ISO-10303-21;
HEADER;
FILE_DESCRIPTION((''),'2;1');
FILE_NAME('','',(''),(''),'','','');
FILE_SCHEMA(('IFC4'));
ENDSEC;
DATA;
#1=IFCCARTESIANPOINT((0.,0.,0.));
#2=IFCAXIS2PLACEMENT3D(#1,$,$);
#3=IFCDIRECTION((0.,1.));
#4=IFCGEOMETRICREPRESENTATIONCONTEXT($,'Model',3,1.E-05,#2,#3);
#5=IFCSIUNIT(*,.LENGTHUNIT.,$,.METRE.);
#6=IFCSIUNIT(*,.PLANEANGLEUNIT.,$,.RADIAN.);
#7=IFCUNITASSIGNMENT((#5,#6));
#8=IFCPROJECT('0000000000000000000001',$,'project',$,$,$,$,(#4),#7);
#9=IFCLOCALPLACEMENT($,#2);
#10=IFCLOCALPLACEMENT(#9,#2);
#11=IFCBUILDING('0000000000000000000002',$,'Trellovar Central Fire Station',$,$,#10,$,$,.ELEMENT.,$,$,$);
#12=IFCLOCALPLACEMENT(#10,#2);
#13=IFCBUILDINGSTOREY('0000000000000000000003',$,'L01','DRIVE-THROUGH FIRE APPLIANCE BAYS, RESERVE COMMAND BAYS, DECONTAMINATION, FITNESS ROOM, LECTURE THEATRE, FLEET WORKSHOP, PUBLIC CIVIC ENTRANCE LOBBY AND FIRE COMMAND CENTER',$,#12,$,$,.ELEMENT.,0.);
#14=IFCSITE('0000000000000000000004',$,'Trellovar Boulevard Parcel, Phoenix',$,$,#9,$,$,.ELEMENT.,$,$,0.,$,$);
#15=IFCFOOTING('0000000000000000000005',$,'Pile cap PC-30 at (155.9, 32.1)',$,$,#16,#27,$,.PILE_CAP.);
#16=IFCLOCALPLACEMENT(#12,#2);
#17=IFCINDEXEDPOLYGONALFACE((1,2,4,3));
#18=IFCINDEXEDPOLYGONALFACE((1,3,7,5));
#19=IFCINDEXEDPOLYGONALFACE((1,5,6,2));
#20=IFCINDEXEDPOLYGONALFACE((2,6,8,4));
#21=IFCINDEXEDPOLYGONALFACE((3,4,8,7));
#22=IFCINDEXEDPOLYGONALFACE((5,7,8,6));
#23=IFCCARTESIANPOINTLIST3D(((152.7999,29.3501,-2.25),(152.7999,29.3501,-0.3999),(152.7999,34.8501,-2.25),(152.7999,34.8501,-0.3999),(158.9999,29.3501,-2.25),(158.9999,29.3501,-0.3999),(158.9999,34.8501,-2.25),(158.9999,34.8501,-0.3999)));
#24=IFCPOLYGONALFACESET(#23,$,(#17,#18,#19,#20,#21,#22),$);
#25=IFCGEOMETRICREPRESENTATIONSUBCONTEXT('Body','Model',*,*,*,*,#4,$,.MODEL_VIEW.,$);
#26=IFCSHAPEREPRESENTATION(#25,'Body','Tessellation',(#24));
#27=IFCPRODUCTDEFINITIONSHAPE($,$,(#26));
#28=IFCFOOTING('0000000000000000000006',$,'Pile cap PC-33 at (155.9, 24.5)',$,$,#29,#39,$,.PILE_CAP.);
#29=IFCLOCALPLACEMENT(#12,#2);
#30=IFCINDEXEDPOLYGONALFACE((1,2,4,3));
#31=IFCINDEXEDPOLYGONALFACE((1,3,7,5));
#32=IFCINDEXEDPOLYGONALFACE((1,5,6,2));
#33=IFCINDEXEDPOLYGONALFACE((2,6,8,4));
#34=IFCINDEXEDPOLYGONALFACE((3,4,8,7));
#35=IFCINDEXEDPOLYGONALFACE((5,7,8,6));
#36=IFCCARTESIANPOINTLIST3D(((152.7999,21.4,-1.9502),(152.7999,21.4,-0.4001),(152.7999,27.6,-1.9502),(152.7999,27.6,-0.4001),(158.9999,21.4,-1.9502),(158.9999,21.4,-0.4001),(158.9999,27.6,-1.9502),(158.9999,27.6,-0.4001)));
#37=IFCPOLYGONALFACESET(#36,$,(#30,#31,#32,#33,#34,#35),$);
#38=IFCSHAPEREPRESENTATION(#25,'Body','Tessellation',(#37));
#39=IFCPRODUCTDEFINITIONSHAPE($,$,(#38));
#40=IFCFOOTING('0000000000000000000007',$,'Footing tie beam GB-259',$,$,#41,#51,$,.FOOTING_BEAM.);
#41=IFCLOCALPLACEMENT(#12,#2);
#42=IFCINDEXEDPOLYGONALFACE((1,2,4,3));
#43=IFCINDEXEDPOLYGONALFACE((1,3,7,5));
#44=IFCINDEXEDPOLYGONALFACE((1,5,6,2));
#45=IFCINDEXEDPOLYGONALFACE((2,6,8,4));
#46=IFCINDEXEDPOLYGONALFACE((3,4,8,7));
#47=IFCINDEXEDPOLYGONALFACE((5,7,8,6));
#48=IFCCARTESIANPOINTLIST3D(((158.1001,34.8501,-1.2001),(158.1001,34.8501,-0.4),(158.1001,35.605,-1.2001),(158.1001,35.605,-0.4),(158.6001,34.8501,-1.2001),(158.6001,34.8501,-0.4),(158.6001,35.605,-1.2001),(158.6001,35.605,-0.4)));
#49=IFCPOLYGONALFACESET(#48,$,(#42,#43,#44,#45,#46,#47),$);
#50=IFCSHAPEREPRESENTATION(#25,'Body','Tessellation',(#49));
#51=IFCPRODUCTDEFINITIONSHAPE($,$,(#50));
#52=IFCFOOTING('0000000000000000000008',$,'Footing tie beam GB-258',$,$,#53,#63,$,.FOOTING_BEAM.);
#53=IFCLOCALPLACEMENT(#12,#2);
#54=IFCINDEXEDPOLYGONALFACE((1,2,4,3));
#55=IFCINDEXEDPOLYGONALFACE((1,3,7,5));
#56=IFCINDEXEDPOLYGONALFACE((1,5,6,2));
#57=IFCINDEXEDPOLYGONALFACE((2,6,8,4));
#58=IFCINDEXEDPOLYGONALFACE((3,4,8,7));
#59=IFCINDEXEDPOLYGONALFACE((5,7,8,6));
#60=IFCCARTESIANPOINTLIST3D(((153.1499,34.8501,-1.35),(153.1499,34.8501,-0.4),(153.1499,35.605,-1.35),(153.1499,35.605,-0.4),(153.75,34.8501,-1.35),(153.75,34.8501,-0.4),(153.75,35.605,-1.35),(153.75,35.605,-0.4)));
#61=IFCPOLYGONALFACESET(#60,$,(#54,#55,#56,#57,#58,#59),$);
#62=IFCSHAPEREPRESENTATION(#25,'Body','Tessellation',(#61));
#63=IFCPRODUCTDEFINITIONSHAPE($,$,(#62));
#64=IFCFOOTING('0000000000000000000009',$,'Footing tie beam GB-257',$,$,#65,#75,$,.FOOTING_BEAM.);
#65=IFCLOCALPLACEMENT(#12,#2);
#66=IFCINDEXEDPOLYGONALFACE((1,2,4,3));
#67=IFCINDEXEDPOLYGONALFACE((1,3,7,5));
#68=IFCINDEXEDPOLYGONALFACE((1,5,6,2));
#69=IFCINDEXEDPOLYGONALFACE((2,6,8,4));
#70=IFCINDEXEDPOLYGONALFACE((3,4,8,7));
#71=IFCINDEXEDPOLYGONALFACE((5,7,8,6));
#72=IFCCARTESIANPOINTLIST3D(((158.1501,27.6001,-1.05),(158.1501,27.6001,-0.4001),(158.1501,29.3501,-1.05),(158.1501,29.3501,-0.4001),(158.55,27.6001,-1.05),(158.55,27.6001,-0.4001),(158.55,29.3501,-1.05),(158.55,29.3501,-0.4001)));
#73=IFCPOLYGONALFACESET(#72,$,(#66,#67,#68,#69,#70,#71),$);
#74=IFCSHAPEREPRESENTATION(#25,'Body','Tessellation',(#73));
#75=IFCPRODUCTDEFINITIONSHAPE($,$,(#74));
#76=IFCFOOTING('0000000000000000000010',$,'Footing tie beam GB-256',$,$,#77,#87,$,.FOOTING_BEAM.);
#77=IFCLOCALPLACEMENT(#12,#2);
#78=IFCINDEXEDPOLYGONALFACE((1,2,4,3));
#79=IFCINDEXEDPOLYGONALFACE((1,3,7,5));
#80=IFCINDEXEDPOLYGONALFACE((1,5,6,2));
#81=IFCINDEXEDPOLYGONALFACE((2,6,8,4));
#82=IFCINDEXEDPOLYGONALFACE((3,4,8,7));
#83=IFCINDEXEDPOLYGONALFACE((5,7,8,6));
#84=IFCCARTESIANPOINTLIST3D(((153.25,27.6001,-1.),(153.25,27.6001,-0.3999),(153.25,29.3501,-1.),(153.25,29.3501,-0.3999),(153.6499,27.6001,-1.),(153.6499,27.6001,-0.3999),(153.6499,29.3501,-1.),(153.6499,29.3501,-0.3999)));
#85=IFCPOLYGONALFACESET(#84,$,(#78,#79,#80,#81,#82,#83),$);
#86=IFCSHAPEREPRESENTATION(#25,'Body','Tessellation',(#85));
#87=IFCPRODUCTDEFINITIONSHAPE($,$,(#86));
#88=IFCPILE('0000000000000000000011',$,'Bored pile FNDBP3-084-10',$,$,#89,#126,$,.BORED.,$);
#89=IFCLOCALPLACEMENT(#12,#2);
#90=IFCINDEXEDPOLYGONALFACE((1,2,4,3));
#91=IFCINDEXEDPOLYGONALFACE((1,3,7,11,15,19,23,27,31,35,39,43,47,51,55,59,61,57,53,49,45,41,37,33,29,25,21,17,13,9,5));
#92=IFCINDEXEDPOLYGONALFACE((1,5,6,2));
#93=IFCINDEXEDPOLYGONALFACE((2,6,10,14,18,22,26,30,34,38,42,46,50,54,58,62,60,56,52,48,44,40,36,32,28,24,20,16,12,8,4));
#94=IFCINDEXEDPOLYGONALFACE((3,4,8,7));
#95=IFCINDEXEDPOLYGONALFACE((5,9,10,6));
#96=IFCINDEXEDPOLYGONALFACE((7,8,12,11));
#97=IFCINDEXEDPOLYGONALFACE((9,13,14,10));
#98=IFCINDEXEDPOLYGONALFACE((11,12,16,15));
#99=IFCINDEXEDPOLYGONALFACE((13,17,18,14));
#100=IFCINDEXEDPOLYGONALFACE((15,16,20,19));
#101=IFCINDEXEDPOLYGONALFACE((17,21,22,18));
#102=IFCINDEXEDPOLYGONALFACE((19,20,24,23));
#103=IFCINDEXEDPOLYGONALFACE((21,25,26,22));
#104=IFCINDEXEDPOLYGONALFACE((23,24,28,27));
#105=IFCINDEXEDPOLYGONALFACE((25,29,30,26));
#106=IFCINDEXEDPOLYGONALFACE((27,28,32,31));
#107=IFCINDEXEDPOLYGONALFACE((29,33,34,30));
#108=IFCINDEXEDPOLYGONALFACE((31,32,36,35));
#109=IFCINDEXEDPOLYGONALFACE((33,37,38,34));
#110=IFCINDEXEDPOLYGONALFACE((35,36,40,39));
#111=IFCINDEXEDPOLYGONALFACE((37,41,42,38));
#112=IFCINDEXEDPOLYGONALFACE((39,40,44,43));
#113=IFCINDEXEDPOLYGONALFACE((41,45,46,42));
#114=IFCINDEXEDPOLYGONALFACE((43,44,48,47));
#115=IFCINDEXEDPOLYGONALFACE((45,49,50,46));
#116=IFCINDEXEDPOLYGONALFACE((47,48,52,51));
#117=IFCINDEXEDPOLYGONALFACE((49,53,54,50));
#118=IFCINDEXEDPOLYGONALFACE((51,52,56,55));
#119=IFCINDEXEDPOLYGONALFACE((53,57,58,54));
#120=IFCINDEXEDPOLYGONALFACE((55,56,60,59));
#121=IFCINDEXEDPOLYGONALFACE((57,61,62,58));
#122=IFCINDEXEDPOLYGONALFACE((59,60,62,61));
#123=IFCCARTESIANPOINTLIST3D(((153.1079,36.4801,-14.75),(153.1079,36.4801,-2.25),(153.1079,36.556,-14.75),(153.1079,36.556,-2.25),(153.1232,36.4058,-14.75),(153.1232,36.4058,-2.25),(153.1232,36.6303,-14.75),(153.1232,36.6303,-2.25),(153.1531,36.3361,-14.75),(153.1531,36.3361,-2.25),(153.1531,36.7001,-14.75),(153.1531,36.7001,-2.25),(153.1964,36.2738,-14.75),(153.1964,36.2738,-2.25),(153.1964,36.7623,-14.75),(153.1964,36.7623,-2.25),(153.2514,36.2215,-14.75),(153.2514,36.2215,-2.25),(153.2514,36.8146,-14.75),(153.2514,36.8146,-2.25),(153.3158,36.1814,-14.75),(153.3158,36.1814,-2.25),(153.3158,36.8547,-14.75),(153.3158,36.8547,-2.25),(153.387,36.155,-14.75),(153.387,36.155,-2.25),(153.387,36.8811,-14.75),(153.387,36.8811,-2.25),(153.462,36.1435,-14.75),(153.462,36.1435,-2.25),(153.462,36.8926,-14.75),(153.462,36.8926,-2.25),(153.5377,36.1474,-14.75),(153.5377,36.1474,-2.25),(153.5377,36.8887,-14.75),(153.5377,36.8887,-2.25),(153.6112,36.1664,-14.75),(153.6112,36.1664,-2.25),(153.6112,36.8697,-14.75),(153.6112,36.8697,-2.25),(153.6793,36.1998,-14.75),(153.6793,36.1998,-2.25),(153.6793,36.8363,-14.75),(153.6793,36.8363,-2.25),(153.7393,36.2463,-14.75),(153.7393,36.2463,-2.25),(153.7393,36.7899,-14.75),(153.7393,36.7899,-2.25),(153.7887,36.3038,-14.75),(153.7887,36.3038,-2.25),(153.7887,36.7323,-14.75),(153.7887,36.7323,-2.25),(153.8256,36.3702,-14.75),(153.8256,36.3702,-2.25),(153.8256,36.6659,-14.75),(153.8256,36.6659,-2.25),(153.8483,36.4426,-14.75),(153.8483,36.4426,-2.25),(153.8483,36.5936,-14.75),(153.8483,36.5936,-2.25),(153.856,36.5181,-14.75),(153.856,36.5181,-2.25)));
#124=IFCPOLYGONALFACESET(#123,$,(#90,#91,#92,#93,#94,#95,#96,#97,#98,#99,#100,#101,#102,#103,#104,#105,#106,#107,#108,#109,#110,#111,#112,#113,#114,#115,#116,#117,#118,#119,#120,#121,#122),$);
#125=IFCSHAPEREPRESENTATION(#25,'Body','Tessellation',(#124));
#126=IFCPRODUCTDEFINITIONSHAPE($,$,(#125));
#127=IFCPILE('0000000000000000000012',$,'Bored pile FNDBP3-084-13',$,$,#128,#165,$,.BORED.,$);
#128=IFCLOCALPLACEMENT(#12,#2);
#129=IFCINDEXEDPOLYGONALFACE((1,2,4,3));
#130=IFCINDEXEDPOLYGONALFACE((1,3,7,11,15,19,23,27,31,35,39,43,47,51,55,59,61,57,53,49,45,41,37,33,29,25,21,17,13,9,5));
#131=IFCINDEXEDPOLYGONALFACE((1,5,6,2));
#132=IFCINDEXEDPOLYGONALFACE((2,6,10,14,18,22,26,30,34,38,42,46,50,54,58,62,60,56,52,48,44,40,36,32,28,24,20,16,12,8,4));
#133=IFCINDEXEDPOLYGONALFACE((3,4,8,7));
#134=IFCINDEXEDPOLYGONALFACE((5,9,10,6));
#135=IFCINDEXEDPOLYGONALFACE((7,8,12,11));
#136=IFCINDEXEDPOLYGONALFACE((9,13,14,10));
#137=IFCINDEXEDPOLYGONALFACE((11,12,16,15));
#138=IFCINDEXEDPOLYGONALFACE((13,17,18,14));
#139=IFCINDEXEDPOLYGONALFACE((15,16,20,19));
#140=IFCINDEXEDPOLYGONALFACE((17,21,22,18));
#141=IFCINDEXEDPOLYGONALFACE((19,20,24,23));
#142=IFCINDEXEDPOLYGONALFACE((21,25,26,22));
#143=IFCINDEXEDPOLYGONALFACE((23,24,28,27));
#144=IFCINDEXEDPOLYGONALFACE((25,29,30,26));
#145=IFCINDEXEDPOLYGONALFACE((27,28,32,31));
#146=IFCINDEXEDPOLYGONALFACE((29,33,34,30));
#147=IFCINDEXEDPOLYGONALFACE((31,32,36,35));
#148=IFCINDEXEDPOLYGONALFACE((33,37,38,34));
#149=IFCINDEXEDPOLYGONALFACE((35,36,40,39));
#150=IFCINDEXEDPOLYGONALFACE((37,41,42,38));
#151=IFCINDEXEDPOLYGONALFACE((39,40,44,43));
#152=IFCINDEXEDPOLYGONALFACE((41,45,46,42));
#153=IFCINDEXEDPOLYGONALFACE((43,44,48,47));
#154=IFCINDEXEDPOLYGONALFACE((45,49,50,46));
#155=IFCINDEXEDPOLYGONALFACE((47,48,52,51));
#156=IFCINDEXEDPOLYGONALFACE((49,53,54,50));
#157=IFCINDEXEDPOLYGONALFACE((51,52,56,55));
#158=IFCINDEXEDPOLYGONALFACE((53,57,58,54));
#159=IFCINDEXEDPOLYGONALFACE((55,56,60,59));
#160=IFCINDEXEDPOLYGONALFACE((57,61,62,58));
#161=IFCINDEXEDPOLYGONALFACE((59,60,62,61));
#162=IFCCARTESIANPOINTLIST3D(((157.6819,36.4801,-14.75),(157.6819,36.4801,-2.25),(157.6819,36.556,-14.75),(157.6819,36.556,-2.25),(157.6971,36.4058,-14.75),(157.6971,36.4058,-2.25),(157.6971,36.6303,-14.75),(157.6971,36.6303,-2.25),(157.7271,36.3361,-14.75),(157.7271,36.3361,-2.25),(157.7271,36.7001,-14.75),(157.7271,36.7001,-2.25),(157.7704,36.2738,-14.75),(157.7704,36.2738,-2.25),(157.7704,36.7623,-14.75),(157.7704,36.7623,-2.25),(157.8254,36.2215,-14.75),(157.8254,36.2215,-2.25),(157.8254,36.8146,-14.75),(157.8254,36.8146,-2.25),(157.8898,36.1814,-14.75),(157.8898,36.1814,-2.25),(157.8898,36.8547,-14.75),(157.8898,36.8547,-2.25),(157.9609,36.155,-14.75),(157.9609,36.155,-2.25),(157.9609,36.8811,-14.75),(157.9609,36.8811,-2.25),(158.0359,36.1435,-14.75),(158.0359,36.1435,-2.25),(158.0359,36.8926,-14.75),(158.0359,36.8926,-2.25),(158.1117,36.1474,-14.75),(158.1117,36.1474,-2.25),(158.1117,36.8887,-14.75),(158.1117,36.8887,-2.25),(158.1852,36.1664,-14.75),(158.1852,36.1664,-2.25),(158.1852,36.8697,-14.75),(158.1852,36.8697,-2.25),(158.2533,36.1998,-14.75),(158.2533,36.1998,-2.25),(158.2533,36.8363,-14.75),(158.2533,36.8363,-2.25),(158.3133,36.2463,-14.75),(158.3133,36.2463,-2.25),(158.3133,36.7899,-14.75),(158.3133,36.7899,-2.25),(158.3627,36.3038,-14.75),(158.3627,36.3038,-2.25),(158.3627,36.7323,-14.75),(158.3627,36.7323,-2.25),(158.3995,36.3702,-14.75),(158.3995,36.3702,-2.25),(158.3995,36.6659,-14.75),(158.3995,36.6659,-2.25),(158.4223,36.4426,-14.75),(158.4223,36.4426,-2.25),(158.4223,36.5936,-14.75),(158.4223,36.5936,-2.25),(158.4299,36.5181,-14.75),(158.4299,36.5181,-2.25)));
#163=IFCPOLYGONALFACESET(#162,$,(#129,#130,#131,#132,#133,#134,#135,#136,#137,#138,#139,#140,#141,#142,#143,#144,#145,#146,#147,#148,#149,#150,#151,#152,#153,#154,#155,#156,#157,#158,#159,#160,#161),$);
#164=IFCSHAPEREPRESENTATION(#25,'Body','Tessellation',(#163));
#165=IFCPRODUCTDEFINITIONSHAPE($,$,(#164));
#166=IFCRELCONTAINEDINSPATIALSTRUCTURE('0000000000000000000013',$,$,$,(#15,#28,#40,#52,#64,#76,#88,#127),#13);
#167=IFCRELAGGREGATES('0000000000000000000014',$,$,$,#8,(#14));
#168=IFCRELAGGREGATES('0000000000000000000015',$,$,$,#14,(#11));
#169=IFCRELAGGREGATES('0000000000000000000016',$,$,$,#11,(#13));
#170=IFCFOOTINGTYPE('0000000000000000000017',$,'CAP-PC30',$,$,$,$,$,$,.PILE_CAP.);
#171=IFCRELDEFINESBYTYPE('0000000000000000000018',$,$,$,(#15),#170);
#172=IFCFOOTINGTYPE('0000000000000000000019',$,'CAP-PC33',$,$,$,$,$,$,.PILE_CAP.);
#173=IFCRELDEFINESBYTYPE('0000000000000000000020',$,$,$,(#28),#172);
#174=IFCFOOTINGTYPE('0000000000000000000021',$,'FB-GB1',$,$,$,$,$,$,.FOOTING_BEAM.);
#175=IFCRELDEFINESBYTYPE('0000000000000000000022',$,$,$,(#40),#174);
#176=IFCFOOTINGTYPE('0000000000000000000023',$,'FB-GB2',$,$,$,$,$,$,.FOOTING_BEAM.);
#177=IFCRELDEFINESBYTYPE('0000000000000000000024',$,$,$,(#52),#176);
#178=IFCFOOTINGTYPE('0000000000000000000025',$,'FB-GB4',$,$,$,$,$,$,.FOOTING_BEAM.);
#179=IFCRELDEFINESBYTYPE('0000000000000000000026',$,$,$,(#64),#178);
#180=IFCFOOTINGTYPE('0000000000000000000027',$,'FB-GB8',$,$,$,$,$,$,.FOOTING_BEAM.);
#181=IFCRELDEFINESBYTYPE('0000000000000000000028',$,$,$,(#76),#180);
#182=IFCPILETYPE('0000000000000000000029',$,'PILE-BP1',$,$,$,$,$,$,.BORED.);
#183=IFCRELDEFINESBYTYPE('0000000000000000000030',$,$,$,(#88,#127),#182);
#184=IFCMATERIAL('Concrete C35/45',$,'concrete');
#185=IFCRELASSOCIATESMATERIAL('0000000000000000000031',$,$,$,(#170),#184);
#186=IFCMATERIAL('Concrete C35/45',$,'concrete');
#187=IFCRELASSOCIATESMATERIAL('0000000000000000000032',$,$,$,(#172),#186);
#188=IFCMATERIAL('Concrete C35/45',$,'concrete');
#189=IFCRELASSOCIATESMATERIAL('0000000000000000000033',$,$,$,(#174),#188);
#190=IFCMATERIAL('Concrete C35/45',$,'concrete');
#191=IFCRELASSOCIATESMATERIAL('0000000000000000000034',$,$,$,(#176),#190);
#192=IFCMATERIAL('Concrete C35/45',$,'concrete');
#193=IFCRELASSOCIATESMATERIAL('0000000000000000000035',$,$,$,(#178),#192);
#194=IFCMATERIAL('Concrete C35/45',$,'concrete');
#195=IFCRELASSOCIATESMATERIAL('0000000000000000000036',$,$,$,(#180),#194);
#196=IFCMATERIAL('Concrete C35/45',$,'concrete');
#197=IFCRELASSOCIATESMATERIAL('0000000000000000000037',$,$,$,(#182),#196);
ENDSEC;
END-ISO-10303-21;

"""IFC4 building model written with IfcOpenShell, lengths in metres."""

from ifc_helpers import new_model, si_unit, direction, frame, origin, origin_2d, place, context, subcontext, project, spatial, rectangle, circle, extrude, material, material_profile, profile_set, type_object, element, save


model = new_model("IFC4")

# Units and contexts
model_context = context("Model", 3, precision=1e-05, world=origin(), true_north=direction((0.0, 1.0)))
body_context = subcontext(model_context, "Body", "Model", "MODEL_VIEW")
ifc_project = project(units=[si_unit("LENGTHUNIT", "METRE"), si_unit("PLANEANGLEUNIT", "RADIAN")], contexts=[model_context])

# Site, building, storey
site_placement = place(None, origin())
site = spatial("IfcSite", under=ifc_project, at=site_placement, Name="Trellovar Boulevard Parcel, Phoenix", CompositionType="ELEMENT", RefElevation=0.0)
building_placement = place(site_placement, origin())
building = spatial("IfcBuilding", under=site, at=building_placement, Name="Trellovar Central Fire Station", CompositionType="ELEMENT")
storey_placement = place(building_placement, origin())
storey = spatial("IfcBuildingStorey", under=building, at=storey_placement, Name="L01", Description="DRIVE-THROUGH FIRE APPLIANCE BAYS, RESERVE COMMAND BAYS, DECONTAMINATION, FITNESS ROOM, LECTURE THEATRE, FLEET WORKSHOP, PUBLIC CIVIC ENTRANCE LOBBY AND FIRE COMMAND CENTER", CompositionType="ELEMENT", Elevation=0.0)

# Footings
ifc_material_1 = material(Name="Concrete C35/45", Category="concrete")
footing_type_1 = type_object("IfcFootingType", Name="CAP-PC30", PredefinedType="PILE_CAP", material=ifc_material_1)
footing_1_placement = place(storey_placement, frame((155.8999, 32.1001, -2.25), z_axis=(0.0, 0.0, 1.0), x_axis=(1.0, 0.0, 0.0)))
element("IfcFooting", 1, at=footing_1_placement, inside=storey, type_object=footing_type_1, Name="Pile cap PC-30 at (155.9, 32.1)", PredefinedType="PILE_CAP", context=body_context, shape_type="SweptSolid", body=[
    extrude(rectangle(XDim=6.2, YDim=5.5, at=origin_2d()), origin(), (0.0, 0.0, 1.0), 1.8501),
])
ifc_material_2 = material(Name="Concrete C35/45", Category="concrete")
footing_type_2 = type_object("IfcFootingType", Name="CAP-PC33", PredefinedType="PILE_CAP", material=ifc_material_2)
footing_2_placement = place(storey_placement, frame((155.8999, 24.5, -1.9502), z_axis=(0.0, 0.0, 1.0), x_axis=(1.0, 0.0, 0.0)))
element("IfcFooting", 2, at=footing_2_placement, inside=storey, type_object=footing_type_2, Name="Pile cap PC-33 at (155.9, 24.5)", PredefinedType="PILE_CAP", context=body_context, shape_type="SweptSolid", body=[
    extrude(rectangle(XDim=6.2, YDim=6.2, at=origin_2d()), origin(), (0.0, 0.0, 1.0), 1.55),
])
ifc_material_3 = material(Name="Concrete C35/45", Category="concrete")
ifc_material_profile_1 = material_profile(ifc_material_3, rectangle(XDim=0.5, YDim=0.8, at=origin_2d()), Name="RC500X800")
ifc_profile_set_1 = profile_set([ifc_material_profile_1], Name="Concrete C35/45")
footing_type_3 = type_object("IfcFootingType", Name="FB-GB1", PredefinedType="FOOTING_BEAM", material=ifc_profile_set_1)
footing_3_placement = place(storey_placement, frame((158.3501, 34.8501, -0.8), z_axis=(0.0, 1.0, 0.0), x_axis=(-1.0, 0.0, 0.0)))
element("IfcFooting", 3, at=footing_3_placement, inside=storey, type_object=footing_type_3, Name="Footing tie beam GB-259", PredefinedType="FOOTING_BEAM", context=body_context, shape_type="SweptSolid", body=[
    extrude(rectangle(XDim=0.5, YDim=0.8, at=origin_2d()), origin(), (0.0, 0.0, 1.0), 0.7549),
])
ifc_material_4 = material(Name="Concrete C35/45", Category="concrete")
ifc_material_profile_2 = material_profile(ifc_material_4, rectangle(XDim=0.6001, YDim=0.95, at=origin_2d()), Name="RC600X950")
ifc_profile_set_2 = profile_set([ifc_material_profile_2], Name="Concrete C35/45")
footing_type_4 = type_object("IfcFootingType", Name="FB-GB2", PredefinedType="FOOTING_BEAM", material=ifc_profile_set_2)
footing_4_placement = place(storey_placement, frame((153.45, 34.8501, -0.875), z_axis=(0.0, 1.0, 0.0), x_axis=(-1.0, 0.0, 0.0)))
element("IfcFooting", 4, at=footing_4_placement, inside=storey, type_object=footing_type_4, Name="Footing tie beam GB-258", PredefinedType="FOOTING_BEAM", context=body_context, shape_type="SweptSolid", body=[
    extrude(rectangle(XDim=0.6001, YDim=0.95, at=origin_2d()), origin(), (0.0, 0.0, 1.0), 0.7549),
])
ifc_material_5 = material(Name="Concrete C35/45", Category="concrete")
ifc_material_profile_3 = material_profile(ifc_material_5, rectangle(XDim=0.3999, YDim=0.6499, at=origin_2d()), Name="RC400X650")
ifc_profile_set_3 = profile_set([ifc_material_profile_3], Name="Concrete C35/45")
footing_type_5 = type_object("IfcFootingType", Name="FB-GB4", PredefinedType="FOOTING_BEAM", material=ifc_profile_set_3)
footing_5_placement = place(storey_placement, frame((158.3501, 27.6001, -0.7251), z_axis=(0.0, 1.0, 0.0), x_axis=(-1.0, 0.0, 0.0)))
element("IfcFooting", 5, at=footing_5_placement, inside=storey, type_object=footing_type_5, Name="Footing tie beam GB-257", PredefinedType="FOOTING_BEAM", context=body_context, shape_type="SweptSolid", body=[
    extrude(rectangle(XDim=0.3999, YDim=0.6499, at=origin_2d()), origin(), (0.0, 0.0, 1.0), 1.75),
])
ifc_material_6 = material(Name="Concrete C35/45", Category="concrete")
ifc_material_profile_4 = material_profile(ifc_material_6, rectangle(XDim=0.3999, YDim=0.6001, at=origin_2d()), Name="RC400X600")
ifc_profile_set_4 = profile_set([ifc_material_profile_4], Name="Concrete C35/45")
footing_type_6 = type_object("IfcFootingType", Name="FB-GB8", PredefinedType="FOOTING_BEAM", material=ifc_profile_set_4)
footing_6_placement = place(storey_placement, frame((153.45, 27.6001, -0.7), z_axis=(0.0, 1.0, 0.0), x_axis=(-1.0, 0.0, 0.0)))
element("IfcFooting", 6, at=footing_6_placement, inside=storey, type_object=footing_type_6, Name="Footing tie beam GB-256", PredefinedType="FOOTING_BEAM", context=body_context, shape_type="SweptSolid", body=[
    extrude(rectangle(XDim=0.3999, YDim=0.6001, at=origin_2d()), origin(), (0.0, 0.0, 1.0), 1.75),
])

# Piles
ifc_material_7 = material(Name="Concrete C35/45", Category="concrete")
ifc_material_profile_5 = material_profile(ifc_material_7, circle(Radius=0.375, at=origin_2d()), Name="PILE750")
ifc_profile_set_5 = profile_set([ifc_material_profile_5], Name="Concrete C35/45")
pile_type_1 = type_object("IfcPileType", Name="PILE-BP1", PredefinedType="BORED", material=ifc_profile_set_5)
for number, where, z_axis, x_axis, name in (
    (7, (153.481, 36.5181, -2.25), (0.0, 0.0, -1.0), (1.0, 0.0, 0.0), "Bored pile FNDBP3-084-10"),
    (8, (158.0549, 36.5181, -2.25), (0.0, 0.0, -1.0), (1.0, 0.0, 0.0), "Bored pile FNDBP3-084-13"),
):
    element("IfcPile", number, at=place(storey_placement, frame(where, z_axis=z_axis, x_axis=x_axis)), inside=storey, type_object=pile_type_1, Name=name, PredefinedType="BORED", context=body_context, shape_type="SweptSolid", body=[
        extrude(circle(Radius=0.375, at=origin_2d()), origin(), (0.0, 0.0, 1.0), 12.5),
    ])

save(model, "model.ifc")
